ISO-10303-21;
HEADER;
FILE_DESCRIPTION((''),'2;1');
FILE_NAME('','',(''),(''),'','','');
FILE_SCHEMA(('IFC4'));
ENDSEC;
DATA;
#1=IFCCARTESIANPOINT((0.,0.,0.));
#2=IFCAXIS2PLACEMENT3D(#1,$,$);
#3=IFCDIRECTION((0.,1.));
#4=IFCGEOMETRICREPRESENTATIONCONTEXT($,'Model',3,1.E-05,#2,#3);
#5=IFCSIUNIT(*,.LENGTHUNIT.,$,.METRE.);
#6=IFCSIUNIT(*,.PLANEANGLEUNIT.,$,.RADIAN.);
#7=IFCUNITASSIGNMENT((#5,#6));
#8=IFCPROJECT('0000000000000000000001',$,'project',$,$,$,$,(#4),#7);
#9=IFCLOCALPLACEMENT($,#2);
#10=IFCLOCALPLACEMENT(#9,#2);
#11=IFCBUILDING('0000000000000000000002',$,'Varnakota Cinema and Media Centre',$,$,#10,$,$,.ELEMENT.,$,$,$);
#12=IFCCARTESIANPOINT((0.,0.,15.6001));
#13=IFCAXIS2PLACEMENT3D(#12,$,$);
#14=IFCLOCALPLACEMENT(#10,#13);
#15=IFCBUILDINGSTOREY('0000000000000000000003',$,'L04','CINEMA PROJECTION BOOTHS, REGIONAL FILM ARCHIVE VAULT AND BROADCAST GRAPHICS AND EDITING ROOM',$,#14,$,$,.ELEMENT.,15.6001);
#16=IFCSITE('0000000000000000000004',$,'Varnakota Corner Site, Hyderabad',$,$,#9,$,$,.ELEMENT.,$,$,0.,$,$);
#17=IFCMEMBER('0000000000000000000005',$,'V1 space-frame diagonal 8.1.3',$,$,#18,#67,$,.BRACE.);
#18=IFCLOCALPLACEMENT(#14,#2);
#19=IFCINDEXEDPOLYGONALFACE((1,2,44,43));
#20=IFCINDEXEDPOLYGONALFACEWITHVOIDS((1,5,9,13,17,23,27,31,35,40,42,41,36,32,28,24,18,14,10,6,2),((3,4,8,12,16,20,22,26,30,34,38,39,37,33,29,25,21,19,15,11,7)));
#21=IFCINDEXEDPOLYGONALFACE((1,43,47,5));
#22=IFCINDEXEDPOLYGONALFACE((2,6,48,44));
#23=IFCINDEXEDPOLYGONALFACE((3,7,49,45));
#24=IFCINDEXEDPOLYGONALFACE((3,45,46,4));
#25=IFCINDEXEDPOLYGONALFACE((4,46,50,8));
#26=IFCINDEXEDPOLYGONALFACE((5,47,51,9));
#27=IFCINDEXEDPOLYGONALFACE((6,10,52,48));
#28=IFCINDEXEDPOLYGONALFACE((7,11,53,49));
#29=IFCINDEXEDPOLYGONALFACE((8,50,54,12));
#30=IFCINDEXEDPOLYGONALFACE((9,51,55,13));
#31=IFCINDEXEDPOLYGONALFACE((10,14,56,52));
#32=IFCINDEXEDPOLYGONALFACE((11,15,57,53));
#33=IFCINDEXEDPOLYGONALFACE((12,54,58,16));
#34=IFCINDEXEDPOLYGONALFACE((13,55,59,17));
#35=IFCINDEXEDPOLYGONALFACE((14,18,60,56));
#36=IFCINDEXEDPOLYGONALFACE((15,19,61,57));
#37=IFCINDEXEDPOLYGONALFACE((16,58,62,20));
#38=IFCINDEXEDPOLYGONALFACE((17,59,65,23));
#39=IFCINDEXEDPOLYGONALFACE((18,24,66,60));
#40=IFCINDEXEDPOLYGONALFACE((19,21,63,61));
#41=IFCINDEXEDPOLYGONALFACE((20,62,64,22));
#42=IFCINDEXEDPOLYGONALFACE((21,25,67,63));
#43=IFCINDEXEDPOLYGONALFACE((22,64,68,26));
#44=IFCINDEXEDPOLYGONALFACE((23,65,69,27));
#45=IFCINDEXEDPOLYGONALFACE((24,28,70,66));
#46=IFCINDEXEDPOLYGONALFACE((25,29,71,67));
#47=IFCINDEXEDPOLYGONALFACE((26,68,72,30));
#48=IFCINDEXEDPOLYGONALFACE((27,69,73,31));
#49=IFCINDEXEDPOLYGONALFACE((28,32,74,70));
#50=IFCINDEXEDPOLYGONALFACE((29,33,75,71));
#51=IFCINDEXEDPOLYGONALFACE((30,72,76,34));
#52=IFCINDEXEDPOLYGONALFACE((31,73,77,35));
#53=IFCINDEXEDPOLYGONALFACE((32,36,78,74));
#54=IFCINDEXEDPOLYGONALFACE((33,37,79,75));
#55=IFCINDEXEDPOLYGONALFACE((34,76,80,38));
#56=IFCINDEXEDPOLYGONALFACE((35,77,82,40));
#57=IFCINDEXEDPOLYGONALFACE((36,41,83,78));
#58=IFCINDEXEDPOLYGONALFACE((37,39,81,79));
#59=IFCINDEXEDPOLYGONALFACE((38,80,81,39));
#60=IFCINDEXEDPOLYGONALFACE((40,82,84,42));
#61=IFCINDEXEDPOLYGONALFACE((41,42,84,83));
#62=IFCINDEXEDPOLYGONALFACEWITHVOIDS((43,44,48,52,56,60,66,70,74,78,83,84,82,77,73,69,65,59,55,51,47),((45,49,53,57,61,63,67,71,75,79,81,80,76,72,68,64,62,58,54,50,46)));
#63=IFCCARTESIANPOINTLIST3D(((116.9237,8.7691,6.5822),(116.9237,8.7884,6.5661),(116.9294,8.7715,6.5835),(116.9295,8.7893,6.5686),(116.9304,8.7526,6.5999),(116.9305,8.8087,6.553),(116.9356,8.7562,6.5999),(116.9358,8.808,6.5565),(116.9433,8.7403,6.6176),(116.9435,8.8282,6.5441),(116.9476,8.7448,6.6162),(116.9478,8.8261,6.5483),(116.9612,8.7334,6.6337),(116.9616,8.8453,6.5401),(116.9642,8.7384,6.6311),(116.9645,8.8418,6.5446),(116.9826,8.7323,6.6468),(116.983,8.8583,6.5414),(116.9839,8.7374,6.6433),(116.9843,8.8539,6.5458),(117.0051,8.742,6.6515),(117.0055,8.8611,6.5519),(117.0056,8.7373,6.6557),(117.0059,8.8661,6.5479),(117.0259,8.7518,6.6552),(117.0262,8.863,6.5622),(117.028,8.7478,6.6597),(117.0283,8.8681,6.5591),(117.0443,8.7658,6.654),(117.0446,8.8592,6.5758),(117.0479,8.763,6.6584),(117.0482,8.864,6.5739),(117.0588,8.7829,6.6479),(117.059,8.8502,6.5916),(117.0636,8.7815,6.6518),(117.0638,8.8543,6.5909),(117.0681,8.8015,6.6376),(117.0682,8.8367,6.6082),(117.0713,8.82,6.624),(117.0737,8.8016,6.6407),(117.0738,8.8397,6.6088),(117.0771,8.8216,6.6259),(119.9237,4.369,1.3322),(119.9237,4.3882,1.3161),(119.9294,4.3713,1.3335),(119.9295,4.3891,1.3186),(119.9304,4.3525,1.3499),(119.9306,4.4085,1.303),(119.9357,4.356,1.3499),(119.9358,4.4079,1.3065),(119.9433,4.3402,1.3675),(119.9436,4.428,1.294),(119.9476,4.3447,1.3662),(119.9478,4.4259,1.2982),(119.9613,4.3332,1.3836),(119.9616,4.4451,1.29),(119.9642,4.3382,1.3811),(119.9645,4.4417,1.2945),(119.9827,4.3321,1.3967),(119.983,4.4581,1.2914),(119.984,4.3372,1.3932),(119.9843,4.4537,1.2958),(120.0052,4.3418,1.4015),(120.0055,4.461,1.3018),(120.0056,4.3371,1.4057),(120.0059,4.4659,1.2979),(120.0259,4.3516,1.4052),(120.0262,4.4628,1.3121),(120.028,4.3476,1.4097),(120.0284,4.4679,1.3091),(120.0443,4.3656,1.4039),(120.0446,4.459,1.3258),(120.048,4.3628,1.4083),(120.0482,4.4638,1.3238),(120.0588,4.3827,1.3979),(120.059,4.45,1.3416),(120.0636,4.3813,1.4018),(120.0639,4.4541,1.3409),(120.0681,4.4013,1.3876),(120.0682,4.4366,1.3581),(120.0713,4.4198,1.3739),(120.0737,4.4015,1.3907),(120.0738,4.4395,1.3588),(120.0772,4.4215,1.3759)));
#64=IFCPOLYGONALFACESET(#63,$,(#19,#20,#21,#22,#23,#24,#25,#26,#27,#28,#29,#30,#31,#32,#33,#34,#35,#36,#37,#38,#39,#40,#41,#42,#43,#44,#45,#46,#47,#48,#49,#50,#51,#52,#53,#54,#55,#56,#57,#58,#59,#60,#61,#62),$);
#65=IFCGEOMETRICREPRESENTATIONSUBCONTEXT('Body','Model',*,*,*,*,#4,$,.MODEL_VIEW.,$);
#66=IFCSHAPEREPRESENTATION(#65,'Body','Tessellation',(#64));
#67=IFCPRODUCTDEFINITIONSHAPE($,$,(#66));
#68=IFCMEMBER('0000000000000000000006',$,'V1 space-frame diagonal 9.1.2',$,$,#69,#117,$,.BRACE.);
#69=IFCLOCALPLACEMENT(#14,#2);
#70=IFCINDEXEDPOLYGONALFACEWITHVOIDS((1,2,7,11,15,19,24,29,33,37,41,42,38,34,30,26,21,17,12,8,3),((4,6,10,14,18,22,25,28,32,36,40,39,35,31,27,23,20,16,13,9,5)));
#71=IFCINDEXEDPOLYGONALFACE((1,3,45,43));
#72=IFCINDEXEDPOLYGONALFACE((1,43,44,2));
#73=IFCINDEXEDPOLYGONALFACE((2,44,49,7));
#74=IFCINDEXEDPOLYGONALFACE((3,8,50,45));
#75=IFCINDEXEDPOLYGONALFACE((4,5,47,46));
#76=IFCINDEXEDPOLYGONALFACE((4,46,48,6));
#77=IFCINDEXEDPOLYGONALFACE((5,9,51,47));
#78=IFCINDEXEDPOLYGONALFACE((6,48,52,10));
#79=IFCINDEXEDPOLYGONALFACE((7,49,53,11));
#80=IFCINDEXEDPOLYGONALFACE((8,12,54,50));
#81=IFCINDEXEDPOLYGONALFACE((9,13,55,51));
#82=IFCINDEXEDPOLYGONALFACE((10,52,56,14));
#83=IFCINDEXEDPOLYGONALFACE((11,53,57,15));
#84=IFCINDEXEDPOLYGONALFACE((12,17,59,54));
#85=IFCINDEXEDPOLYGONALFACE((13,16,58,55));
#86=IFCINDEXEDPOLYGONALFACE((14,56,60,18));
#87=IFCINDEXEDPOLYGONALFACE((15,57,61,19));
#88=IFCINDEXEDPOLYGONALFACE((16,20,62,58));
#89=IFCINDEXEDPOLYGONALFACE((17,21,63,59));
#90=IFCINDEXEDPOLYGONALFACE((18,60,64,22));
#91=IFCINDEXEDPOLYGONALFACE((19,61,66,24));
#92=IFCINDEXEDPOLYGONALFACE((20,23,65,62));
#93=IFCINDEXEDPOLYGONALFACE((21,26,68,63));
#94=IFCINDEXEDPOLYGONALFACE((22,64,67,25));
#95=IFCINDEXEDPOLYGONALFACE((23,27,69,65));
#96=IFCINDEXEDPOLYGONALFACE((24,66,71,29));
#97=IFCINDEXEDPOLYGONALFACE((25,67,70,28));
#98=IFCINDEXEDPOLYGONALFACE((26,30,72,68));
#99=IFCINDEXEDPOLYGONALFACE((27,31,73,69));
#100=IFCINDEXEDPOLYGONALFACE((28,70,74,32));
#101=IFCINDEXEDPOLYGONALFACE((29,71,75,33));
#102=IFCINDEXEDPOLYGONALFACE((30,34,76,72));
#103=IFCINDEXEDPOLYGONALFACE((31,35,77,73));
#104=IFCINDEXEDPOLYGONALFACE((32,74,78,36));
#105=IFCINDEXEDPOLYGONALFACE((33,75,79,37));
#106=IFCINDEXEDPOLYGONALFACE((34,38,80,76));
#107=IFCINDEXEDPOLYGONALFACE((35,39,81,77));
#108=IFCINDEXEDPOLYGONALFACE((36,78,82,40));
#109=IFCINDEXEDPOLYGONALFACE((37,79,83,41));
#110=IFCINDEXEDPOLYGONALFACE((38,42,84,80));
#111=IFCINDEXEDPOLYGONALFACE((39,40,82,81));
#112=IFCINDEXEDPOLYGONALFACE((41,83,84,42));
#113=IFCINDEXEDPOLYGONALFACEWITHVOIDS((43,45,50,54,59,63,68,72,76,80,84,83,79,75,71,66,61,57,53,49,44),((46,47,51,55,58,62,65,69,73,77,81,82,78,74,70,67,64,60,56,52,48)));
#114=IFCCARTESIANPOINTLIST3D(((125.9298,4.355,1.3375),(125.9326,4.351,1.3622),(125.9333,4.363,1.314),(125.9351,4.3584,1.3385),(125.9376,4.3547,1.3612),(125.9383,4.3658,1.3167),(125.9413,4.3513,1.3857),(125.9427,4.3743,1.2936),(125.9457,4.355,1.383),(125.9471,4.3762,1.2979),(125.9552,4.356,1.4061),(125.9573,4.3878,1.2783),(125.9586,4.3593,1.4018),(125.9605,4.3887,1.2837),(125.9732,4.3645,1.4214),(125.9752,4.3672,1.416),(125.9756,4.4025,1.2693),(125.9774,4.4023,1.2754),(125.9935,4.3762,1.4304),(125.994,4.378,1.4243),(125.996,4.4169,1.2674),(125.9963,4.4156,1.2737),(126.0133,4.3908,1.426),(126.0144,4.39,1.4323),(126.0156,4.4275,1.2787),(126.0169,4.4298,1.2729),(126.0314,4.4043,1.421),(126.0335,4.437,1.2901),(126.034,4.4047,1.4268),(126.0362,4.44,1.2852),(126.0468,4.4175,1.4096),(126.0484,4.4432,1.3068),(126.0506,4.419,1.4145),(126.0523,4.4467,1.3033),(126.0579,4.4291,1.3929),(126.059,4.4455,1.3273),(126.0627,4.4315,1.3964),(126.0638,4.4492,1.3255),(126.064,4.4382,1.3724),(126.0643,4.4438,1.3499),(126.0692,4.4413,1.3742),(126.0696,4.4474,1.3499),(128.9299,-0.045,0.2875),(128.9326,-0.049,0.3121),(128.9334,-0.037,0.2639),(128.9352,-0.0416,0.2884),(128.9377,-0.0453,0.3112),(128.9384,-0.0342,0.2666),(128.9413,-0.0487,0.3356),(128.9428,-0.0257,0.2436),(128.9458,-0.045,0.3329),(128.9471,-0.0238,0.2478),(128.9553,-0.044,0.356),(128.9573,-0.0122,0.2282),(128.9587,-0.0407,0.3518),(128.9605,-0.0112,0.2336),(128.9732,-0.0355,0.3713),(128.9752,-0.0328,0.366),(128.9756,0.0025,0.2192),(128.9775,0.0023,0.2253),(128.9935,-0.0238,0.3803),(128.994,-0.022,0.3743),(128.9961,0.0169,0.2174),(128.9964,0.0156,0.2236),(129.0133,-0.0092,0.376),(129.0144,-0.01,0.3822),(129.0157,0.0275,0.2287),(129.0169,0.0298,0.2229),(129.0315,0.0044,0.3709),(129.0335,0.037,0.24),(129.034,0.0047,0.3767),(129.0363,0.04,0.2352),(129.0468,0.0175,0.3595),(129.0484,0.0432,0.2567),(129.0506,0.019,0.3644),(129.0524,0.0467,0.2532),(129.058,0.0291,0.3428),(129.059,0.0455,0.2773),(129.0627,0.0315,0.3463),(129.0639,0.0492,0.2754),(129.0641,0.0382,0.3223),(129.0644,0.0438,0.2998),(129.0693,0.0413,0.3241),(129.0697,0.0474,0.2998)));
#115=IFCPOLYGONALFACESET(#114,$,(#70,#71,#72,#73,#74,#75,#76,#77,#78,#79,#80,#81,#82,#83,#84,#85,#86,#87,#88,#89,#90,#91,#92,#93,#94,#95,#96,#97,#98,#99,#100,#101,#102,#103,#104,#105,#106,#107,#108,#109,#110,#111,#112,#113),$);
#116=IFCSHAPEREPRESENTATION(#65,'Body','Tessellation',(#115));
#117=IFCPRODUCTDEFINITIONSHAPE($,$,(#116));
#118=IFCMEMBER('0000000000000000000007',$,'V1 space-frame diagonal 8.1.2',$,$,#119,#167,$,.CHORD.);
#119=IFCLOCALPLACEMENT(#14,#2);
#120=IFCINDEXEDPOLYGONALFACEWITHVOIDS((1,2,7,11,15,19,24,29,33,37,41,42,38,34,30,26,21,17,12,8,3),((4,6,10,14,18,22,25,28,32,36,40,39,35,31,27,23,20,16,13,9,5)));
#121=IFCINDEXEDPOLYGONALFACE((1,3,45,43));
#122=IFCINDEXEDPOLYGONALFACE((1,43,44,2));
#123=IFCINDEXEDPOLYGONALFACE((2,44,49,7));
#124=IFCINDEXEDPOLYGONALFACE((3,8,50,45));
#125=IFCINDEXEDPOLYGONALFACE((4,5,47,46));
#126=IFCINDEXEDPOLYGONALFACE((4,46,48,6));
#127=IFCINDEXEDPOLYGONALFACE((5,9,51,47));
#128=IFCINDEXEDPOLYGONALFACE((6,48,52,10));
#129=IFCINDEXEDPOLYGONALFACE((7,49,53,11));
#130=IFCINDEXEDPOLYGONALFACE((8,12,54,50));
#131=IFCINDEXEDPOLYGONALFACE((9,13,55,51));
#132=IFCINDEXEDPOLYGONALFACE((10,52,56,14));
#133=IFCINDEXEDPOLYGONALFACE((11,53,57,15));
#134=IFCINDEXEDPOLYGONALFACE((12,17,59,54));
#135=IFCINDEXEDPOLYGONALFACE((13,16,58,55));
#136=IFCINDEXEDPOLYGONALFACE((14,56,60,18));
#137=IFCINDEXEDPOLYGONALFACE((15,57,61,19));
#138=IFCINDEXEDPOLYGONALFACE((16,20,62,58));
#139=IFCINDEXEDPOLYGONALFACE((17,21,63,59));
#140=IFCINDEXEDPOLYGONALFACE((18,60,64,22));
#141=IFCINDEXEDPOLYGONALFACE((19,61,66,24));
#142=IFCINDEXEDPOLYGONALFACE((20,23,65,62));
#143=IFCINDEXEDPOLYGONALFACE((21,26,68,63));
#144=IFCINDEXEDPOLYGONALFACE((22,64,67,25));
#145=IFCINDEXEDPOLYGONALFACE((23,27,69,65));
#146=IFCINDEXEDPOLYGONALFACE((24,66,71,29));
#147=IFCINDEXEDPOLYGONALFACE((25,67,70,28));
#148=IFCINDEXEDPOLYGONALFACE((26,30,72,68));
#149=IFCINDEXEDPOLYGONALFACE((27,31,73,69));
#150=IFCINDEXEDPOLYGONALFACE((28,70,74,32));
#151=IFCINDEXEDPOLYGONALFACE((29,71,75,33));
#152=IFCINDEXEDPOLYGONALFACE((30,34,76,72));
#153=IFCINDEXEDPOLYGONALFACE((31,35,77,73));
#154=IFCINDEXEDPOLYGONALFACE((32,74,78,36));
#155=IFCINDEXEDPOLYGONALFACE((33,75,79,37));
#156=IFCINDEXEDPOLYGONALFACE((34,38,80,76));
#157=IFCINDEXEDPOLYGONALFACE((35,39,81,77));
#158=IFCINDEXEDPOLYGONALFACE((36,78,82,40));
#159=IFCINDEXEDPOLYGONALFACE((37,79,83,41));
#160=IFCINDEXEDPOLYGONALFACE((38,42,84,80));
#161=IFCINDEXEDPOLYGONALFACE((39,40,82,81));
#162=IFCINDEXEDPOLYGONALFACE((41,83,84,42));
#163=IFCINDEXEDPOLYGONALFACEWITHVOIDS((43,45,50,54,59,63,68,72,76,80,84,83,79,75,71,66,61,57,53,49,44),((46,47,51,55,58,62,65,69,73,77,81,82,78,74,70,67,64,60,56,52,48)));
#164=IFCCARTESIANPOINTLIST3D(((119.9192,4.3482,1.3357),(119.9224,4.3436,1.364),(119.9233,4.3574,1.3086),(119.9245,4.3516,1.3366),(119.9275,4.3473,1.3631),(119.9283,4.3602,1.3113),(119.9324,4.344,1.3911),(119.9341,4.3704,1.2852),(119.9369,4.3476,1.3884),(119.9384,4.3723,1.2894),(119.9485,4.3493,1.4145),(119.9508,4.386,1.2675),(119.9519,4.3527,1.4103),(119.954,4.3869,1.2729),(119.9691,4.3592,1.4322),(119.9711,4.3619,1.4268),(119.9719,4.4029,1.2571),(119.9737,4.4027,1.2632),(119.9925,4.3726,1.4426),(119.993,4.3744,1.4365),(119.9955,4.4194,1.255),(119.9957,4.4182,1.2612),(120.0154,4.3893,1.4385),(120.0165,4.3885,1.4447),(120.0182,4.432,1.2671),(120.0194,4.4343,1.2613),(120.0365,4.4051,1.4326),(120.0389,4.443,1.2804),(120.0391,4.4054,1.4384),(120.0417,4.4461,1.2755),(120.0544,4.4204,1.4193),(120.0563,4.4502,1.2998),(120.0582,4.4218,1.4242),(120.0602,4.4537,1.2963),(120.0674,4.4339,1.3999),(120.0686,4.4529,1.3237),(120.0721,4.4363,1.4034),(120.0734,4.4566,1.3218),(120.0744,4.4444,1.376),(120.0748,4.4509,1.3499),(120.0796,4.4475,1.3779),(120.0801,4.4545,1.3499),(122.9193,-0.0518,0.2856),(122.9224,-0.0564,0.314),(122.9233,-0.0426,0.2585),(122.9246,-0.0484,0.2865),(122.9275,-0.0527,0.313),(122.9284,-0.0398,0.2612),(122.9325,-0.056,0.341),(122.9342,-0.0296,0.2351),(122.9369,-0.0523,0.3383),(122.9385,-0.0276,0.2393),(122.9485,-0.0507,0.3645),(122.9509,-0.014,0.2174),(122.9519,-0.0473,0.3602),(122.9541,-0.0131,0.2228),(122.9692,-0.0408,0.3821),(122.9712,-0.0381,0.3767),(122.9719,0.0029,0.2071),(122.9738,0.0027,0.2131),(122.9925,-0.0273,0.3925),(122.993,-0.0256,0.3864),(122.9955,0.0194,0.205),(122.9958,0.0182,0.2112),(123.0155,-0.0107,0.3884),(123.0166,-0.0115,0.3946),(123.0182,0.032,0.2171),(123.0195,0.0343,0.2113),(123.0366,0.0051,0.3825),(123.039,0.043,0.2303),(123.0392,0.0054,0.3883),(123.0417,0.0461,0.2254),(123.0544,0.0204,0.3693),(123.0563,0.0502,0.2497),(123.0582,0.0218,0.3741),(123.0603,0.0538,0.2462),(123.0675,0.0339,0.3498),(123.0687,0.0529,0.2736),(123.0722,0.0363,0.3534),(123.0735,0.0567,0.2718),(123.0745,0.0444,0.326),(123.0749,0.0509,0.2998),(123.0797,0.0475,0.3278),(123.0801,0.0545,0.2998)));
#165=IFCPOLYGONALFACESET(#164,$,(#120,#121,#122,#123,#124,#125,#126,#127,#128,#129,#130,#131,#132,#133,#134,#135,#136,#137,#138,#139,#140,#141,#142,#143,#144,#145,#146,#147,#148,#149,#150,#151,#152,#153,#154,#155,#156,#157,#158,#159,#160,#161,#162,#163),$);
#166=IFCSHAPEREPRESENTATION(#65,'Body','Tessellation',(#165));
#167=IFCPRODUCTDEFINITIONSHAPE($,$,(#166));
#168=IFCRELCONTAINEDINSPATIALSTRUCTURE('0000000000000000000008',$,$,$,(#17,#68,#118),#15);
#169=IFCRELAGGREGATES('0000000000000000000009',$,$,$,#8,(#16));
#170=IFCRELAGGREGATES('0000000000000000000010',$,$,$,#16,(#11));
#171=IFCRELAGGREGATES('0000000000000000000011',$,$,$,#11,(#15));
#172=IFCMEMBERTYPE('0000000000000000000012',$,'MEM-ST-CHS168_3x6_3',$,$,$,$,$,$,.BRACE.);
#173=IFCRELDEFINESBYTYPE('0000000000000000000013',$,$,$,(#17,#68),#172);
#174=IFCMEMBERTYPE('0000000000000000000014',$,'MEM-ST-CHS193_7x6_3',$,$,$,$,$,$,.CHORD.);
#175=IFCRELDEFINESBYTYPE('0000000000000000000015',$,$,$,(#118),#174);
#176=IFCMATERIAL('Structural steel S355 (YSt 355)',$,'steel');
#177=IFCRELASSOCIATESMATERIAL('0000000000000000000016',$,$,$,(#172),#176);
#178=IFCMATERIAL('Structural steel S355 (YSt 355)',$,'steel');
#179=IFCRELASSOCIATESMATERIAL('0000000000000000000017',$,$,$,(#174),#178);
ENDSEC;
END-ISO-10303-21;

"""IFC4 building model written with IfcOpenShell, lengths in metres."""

from ifc_helpers import new_model, si_unit, direction, frame, origin, origin_2d, place, context, subcontext, project, spatial, hollow_circle, extrude, material, material_profile, profile_set, type_object, element, save


model = new_model("IFC4")

# Units and contexts
model_context = context("Model", 3, precision=1e-05, world=origin(), true_north=direction((0.0, 1.0)))
body_context = subcontext(model_context, "Body", "Model", "MODEL_VIEW")
ifc_project = project(units=[si_unit("LENGTHUNIT", "METRE"), si_unit("PLANEANGLEUNIT", "RADIAN")], contexts=[model_context])

# Site, building, storey
site_placement = place(None, origin())
site = spatial("IfcSite", under=ifc_project, at=site_placement, Name="Varnakota Corner Site, Hyderabad", CompositionType="ELEMENT", RefElevation=0.0)
building_placement = place(site_placement, origin())
building = spatial("IfcBuilding", under=site, at=building_placement, Name="Varnakota Cinema and Media Centre", CompositionType="ELEMENT")
storey_placement = place(building_placement, frame((0.0, 0.0, 15.6001)))
storey = spatial("IfcBuildingStorey", under=building, at=storey_placement, Name="L04", Description="CINEMA PROJECTION BOOTHS, REGIONAL FILM ARCHIVE VAULT AND BROADCAST GRAPHICS AND EDITING ROOM", CompositionType="ELEMENT", Elevation=15.6001)

# Members
ifc_material_1 = material(Name="Structural steel S355 (YSt 355)", Category="steel")
ifc_material_profile_1 = material_profile(ifc_material_1, hollow_circle(Radius=0.0842, WallThickness=0.0063, at=origin_2d()), Name="CHS 168.3x6.3")
ifc_profile_set_1 = profile_set([ifc_material_profile_1], Name="Structural steel S355 (YSt 355)")
member_type_1 = type_object("IfcMemberType", Name="MEM-ST-CHS168_3x6_3", PredefinedType="BRACE", material=ifc_profile_set_1)
member_1_placement = place(storey_placement, frame((120.0, 4.3999, 1.3499), z_axis=(-0.401165, 0.588395, 0.702039), x_axis=(-0.826236, -0.563324, 0.0)))
element("IfcMember", 1, at=member_1_placement, inside=storey, type_object=member_type_1, Name="V1 space-frame diagonal 8.1.3", PredefinedType="BRACE", context=body_context, shape_type="SweptSolid", body=[
    extrude(hollow_circle(Radius=0.0842, WallThickness=0.0063, at=origin_2d()), origin(), (0.0, 0.0, 1.0), 7.4783),
])
member_2_placement = place(storey_placement, frame((126.0, 4.3999, 1.3499), z_axis=(0.552703, -0.810613, -0.193455), x_axis=(0.826222, 0.563345, 0.0)))
element("IfcMember", 2, at=member_2_placement, inside=storey, type_object=member_type_1, Name="V1 space-frame diagonal 9.1.2", PredefinedType="BRACE", context=body_context, shape_type="SweptSolid", body=[
    extrude(hollow_circle(Radius=0.0842, WallThickness=0.0063, at=origin_2d()), origin(), (0.0, 0.0, 1.0), 5.428),
])
ifc_material_2 = material(Name="Structural steel S355 (YSt 355)", Category="steel")
ifc_material_profile_2 = material_profile(ifc_material_2, hollow_circle(Radius=0.0969, WallThickness=0.0063, at=origin_2d()), Name="CHS 193.7x6.3")
ifc_profile_set_2 = profile_set([ifc_material_profile_2], Name="Structural steel S355 (YSt 355)")
member_type_2 = type_object("IfcMemberType", Name="MEM-ST-CHS193_7x6_3", PredefinedType="CHORD", material=ifc_profile_set_2)
for number, where, z_axis, x_axis, name in (
    (3, (120.0, 4.3999, 1.3499), (0.552703, -0.810613, -0.193455), (0.826222, 0.563345, 0.0), "V1 space-frame diagonal 8.1.2"),
):
    element("IfcMember", number, at=place(storey_placement, frame(where, z_axis=z_axis, x_axis=x_axis)), inside=storey, type_object=member_type_2, Name=name, PredefinedType="CHORD", context=body_context, shape_type="SweptSolid", body=[
        extrude(hollow_circle(Radius=0.0969, WallThickness=0.0063, at=origin_2d()), origin(), (0.0, 0.0, 1.0), 5.428),
    ])

save(model, "model.ifc")
